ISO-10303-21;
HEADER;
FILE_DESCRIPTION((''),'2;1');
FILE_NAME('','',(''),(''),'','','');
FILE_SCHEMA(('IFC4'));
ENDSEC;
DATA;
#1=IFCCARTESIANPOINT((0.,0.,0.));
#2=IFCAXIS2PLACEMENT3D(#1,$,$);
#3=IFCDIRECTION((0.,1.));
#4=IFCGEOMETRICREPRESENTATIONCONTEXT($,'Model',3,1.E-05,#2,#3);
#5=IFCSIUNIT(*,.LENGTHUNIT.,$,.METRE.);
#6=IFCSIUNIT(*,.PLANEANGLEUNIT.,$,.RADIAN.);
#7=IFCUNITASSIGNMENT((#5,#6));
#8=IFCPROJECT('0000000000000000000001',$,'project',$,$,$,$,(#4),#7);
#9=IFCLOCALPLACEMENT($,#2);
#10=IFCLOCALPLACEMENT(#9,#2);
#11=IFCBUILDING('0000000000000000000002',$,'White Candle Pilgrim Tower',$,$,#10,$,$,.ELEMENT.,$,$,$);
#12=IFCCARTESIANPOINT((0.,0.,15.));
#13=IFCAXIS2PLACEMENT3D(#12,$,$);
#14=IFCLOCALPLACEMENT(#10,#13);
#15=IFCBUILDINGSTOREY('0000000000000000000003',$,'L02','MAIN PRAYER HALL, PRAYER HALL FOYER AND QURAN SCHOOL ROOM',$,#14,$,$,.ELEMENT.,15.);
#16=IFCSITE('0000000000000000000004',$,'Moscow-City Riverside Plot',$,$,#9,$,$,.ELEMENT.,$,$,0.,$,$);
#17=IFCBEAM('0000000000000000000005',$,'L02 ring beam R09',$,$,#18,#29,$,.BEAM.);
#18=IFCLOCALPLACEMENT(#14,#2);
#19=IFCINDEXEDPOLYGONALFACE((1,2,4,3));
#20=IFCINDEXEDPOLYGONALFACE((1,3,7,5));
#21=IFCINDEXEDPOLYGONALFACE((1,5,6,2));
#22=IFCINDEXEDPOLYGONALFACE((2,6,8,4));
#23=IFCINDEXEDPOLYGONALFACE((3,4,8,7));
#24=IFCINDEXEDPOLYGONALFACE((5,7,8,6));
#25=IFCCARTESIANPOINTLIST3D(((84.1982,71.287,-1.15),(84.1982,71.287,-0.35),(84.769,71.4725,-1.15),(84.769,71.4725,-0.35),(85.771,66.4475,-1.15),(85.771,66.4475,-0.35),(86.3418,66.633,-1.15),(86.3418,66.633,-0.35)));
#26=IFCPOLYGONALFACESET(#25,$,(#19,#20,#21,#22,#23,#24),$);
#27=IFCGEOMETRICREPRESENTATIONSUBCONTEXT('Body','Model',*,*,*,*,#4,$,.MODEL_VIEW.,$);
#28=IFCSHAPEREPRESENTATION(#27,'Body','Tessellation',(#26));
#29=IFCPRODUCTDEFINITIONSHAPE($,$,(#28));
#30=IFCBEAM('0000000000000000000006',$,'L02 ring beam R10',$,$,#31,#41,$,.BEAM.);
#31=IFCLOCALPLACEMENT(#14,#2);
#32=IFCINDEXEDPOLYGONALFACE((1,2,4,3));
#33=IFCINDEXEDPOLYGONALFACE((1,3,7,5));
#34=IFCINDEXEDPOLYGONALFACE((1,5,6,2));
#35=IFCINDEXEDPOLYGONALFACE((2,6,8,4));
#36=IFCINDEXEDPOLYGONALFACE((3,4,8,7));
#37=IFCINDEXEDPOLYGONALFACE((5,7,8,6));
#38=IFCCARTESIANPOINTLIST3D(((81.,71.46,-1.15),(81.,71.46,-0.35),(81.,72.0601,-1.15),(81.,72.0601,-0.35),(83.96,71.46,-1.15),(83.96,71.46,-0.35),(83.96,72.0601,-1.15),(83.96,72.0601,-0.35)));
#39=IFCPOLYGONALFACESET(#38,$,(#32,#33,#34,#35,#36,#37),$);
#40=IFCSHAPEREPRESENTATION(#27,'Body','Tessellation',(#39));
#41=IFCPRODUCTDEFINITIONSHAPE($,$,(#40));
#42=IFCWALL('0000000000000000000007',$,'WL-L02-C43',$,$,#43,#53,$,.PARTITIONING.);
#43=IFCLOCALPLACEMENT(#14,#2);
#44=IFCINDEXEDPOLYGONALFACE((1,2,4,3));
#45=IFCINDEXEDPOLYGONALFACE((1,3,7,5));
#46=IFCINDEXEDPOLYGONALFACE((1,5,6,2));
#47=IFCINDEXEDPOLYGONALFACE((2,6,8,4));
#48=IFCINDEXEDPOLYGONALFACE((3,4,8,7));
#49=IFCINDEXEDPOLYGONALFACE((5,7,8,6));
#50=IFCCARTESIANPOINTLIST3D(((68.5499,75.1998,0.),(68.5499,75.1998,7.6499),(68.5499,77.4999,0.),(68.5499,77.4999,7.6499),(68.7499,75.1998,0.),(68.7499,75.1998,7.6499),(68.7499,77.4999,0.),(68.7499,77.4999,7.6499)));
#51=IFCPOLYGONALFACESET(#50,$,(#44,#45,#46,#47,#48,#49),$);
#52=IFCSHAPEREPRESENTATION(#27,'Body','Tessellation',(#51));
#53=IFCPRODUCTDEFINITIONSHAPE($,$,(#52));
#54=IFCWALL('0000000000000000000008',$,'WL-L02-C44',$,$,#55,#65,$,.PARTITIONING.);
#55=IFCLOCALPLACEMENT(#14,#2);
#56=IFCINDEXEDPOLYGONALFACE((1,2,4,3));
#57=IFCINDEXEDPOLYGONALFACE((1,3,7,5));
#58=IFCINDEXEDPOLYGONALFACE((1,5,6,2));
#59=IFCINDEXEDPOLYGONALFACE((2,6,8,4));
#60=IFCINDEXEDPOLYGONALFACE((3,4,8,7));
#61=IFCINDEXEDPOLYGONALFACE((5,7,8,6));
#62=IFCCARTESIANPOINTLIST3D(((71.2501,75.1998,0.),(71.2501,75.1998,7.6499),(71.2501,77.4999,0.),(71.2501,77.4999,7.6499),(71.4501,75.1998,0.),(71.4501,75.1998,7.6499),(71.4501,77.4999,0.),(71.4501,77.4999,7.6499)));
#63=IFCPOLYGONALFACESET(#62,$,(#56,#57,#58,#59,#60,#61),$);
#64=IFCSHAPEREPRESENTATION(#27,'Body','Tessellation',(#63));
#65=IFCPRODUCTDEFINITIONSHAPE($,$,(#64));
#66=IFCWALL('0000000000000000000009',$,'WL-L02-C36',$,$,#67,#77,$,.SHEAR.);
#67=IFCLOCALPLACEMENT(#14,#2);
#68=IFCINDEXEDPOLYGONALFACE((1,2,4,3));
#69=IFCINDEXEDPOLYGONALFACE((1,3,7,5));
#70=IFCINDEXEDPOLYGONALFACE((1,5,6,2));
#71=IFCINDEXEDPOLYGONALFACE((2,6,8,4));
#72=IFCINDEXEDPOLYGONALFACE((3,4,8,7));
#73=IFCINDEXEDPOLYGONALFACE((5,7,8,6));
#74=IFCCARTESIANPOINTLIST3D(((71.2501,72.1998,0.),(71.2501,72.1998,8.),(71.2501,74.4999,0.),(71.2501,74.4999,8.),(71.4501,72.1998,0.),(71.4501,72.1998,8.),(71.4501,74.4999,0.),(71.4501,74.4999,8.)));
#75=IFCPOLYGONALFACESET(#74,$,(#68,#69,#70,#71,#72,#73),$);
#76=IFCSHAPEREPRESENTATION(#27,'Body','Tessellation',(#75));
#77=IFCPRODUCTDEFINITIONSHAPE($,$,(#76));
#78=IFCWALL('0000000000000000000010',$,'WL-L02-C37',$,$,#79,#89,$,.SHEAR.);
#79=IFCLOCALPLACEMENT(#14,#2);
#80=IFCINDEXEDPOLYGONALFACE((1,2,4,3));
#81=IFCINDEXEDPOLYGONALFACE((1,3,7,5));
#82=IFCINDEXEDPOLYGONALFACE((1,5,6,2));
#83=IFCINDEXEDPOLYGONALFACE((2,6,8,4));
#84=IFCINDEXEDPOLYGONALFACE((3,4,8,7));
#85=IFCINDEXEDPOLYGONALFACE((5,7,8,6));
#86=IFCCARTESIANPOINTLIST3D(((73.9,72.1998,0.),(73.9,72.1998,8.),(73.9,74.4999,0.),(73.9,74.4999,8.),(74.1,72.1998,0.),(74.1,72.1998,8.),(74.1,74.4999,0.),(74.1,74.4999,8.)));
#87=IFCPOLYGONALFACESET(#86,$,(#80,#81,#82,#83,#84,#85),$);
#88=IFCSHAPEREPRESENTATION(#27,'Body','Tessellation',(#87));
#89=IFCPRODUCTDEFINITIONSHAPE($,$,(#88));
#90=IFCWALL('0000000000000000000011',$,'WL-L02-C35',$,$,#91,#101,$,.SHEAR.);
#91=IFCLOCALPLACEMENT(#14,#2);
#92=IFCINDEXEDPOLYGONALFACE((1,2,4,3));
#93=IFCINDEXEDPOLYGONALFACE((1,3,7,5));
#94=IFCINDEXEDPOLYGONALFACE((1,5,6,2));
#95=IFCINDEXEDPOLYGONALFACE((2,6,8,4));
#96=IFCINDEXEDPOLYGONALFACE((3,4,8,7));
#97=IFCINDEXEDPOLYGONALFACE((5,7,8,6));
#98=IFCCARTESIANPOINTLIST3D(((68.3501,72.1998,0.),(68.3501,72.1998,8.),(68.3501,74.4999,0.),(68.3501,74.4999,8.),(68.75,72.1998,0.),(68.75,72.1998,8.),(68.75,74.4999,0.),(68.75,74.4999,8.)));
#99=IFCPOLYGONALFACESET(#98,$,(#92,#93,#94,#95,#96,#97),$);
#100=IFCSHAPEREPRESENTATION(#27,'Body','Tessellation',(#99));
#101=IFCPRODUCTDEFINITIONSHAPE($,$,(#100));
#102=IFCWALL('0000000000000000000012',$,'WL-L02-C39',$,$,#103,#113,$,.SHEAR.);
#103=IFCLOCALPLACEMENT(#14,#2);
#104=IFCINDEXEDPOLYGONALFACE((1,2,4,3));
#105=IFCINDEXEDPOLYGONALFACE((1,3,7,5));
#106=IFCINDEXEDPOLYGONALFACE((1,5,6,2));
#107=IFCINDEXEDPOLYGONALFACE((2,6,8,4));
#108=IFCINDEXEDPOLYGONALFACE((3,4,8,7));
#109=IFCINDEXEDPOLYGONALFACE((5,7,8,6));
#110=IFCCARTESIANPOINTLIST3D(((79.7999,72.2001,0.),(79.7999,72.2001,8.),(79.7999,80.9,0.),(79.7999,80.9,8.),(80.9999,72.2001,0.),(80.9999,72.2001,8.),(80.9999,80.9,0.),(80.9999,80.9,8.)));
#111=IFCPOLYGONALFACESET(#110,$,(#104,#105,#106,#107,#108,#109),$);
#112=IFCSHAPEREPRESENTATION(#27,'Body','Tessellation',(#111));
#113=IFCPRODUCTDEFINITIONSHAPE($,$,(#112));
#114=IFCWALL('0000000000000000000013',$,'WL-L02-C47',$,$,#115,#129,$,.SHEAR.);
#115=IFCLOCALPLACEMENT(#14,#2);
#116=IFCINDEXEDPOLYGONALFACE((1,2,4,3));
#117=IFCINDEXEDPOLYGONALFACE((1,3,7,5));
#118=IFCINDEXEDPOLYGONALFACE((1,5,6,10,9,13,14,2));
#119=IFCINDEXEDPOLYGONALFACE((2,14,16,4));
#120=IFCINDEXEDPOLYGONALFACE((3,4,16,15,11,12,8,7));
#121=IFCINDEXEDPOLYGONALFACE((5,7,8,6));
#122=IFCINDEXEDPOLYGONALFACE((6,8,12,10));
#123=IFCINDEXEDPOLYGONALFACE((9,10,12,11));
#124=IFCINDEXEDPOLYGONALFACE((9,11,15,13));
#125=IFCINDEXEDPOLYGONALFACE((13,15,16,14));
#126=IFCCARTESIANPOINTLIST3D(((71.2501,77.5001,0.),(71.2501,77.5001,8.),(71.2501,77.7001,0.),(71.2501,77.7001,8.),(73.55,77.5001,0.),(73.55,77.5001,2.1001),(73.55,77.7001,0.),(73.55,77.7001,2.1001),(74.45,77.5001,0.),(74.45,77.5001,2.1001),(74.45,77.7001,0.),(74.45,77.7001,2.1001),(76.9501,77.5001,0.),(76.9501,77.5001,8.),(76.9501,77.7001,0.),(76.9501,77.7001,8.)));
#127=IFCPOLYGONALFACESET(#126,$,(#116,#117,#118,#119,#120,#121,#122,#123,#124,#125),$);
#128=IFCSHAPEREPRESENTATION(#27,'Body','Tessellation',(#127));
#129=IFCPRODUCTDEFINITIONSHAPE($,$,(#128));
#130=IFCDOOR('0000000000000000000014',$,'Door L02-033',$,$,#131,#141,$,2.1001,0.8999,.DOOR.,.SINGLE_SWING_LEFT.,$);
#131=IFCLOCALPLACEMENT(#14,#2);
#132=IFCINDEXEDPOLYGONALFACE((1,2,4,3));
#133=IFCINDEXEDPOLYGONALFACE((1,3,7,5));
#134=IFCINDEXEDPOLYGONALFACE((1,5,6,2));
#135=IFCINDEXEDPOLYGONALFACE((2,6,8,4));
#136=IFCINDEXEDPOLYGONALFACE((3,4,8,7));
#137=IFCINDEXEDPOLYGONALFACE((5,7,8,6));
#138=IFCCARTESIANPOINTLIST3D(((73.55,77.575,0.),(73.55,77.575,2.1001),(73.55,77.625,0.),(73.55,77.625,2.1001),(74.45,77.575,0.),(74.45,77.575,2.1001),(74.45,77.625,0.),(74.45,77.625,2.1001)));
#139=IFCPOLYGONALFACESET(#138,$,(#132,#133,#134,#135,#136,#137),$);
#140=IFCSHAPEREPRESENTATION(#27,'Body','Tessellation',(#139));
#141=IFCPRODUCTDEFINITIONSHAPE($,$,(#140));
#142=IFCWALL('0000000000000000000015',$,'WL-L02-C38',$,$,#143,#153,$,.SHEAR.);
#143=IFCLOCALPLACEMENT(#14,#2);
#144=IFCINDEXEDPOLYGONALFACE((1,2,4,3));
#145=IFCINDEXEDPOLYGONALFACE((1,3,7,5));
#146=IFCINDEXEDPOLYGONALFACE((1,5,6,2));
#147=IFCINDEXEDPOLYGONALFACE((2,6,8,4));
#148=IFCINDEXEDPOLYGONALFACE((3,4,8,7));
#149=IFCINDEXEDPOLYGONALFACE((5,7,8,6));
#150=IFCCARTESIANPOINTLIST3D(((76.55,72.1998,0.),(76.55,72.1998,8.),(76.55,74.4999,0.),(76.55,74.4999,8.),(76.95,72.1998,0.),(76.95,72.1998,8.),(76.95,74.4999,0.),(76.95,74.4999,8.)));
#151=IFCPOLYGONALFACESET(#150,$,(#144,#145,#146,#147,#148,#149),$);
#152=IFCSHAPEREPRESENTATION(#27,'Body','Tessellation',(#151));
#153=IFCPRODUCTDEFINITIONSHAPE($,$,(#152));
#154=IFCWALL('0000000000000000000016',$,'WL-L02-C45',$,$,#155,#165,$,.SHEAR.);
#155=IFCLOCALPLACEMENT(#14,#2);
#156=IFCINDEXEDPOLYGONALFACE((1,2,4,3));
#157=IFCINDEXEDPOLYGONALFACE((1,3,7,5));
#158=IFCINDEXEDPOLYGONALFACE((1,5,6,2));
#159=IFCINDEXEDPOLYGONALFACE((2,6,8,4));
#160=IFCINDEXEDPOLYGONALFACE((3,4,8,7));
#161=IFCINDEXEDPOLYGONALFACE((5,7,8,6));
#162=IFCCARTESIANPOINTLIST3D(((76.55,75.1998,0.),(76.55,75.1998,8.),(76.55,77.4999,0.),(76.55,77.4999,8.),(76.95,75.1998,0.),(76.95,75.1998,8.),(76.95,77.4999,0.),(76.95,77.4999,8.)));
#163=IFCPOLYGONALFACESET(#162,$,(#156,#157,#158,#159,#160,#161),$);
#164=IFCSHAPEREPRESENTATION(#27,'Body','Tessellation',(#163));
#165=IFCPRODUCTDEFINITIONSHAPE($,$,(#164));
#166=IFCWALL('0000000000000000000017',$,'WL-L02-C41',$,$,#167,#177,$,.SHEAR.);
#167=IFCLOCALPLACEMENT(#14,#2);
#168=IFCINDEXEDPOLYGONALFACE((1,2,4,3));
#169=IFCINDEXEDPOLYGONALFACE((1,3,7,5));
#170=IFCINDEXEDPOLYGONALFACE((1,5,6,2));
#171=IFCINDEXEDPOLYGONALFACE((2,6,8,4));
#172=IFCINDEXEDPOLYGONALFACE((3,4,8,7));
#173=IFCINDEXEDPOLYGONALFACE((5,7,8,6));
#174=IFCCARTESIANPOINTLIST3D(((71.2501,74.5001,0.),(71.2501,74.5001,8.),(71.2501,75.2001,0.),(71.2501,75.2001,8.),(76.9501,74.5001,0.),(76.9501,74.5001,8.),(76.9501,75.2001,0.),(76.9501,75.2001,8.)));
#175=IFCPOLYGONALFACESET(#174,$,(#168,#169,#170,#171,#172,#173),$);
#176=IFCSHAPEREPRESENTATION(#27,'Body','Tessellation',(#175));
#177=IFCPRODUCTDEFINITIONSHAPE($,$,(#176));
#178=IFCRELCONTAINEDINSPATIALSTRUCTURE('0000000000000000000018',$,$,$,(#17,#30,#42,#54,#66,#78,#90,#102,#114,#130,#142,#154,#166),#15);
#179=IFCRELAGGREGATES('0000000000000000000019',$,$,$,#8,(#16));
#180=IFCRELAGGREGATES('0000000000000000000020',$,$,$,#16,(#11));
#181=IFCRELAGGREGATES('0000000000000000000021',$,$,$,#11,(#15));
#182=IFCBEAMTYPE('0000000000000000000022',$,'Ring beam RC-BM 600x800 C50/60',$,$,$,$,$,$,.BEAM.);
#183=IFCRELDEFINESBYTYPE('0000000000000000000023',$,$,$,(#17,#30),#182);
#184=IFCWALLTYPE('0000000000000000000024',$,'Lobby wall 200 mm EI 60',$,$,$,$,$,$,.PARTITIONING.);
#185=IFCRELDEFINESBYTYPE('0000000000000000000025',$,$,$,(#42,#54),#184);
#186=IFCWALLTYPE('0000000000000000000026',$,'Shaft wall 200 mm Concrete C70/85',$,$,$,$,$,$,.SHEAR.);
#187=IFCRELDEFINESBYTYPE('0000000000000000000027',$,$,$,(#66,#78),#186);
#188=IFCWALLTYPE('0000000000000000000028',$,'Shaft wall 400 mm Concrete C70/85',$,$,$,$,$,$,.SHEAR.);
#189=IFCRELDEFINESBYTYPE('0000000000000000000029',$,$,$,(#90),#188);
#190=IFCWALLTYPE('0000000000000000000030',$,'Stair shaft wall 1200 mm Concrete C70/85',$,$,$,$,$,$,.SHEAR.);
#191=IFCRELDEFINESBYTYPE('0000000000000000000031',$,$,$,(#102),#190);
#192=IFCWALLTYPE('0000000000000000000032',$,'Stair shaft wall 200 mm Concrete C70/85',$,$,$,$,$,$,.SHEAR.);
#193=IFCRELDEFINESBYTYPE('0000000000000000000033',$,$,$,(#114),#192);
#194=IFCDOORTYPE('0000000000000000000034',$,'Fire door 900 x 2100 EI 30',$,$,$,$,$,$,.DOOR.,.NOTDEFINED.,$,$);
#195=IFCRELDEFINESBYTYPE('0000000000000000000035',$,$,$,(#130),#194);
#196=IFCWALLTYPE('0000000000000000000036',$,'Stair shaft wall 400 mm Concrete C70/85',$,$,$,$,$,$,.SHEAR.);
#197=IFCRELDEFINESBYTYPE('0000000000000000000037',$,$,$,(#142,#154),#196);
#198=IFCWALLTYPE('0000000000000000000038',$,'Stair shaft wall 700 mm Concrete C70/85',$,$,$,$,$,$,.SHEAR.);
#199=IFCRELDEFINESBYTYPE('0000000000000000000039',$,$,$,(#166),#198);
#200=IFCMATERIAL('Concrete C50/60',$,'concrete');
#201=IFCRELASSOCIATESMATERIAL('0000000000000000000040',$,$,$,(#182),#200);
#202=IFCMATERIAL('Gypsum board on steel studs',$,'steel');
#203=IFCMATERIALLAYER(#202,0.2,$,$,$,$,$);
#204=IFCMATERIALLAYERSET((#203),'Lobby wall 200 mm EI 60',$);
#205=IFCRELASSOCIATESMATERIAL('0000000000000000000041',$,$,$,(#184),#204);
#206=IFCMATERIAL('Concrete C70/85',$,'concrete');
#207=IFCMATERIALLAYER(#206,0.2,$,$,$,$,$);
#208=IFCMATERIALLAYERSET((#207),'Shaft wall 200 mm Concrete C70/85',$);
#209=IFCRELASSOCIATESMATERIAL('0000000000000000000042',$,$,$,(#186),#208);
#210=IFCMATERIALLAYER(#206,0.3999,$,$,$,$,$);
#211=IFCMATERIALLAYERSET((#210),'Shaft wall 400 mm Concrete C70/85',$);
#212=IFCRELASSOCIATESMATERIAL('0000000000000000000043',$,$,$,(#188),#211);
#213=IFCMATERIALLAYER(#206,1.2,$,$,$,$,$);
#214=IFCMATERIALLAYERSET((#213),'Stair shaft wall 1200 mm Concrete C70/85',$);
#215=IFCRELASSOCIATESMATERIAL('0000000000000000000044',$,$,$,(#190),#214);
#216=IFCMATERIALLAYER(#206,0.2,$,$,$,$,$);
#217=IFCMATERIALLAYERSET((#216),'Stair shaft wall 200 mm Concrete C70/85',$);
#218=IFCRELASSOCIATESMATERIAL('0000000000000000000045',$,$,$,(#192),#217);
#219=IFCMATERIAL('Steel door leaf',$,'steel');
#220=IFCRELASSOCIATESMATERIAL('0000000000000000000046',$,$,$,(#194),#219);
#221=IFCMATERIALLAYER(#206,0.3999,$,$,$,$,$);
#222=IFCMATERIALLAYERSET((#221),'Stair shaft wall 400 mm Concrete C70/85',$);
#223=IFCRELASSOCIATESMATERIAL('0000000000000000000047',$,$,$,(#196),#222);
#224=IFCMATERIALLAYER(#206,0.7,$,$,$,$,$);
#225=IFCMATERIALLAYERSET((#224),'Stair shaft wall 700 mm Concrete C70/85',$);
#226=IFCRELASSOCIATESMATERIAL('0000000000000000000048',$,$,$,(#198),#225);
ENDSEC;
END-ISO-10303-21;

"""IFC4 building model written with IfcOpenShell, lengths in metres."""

from ifc_helpers import new_model, si_unit, direction, frame, frame_2d, origin, origin_2d, place, context, subcontext, project, spatial, rectangle, extrude, material, layer, layer_set, material_profile, profile_set, type_object, element, fill, save


model = new_model("IFC4")

# Units and contexts
model_context = context("Model", 3, precision=1e-05, world=origin(), true_north=direction((0.0, 1.0)))
body_context = subcontext(model_context, "Body", "Model", "MODEL_VIEW")
ifc_project = project(units=[si_unit("LENGTHUNIT", "METRE"), si_unit("PLANEANGLEUNIT", "RADIAN")], contexts=[model_context])

# Site, building, storey
site_placement = place(None, origin())
site = spatial("IfcSite", under=ifc_project, at=site_placement, Name="Moscow-City Riverside Plot", CompositionType="ELEMENT", RefElevation=0.0)
building_placement = place(site_placement, origin())
building = spatial("IfcBuilding", under=site, at=building_placement, Name="White Candle Pilgrim Tower", CompositionType="ELEMENT")
storey_placement = place(building_placement, frame((0.0, 0.0, 15.0)))
storey = spatial("IfcBuildingStorey", under=building, at=storey_placement, Name="L02", Description="MAIN PRAYER HALL, PRAYER HALL FOYER AND QURAN SCHOOL ROOM", CompositionType="ELEMENT", Elevation=15.0)

# Beams
ifc_material_1 = material(Name="Concrete C50/60", Category="concrete")
ifc_material_profile_1 = material_profile(ifc_material_1, rectangle(XDim=0.6001, YDim=0.8, at=origin_2d()), Name="RC-BM 600x800")
ifc_profile_set_1 = profile_set([ifc_material_profile_1], Name="Concrete C50/60")
beam_type = type_object("IfcBeamType", Name="Ring beam RC-BM 600x800 C50/60", PredefinedType="BEAM", material=ifc_profile_set_1)
beam_1_placement = place(storey_placement, frame((86.0564, 66.5403, -0.75), z_axis=(-0.30908, 0.951036, 0.0), x_axis=(-0.951036, -0.30908, 0.0)))
element("IfcBeam", 1, at=beam_1_placement, inside=storey, type_object=beam_type, Name="L02 ring beam R09", PredefinedType="BEAM", context=body_context, shape_type="SweptSolid", body=[
    extrude(rectangle(XDim=0.6001, YDim=0.8, at=origin_2d()), origin(), (0.0, 0.0, 1.0), 5.0886),
])
beam_2_placement = place(storey_placement, frame((83.96, 71.76, -0.75), z_axis=(-1.0, 0.0, 0.0), x_axis=(0.0, -1.0, 0.0)))
element("IfcBeam", 2, at=beam_2_placement, inside=storey, type_object=beam_type, Name="L02 ring beam R10", PredefinedType="BEAM", context=body_context, shape_type="SweptSolid", body=[
    extrude(rectangle(XDim=0.6001, YDim=0.8, at=origin_2d()), origin(), (0.0, 0.0, 1.0), 2.96),
])

# Walls
ifc_material_2 = material(Name="Gypsum board on steel studs", Category="steel")
ifc_layer_1 = layer(ifc_material_2, 0.2)
ifc_layer_set_1 = layer_set([ifc_layer_1], Name="Lobby wall 200 mm EI 60")
wall_type_1 = type_object("IfcWallType", Name="Lobby wall 200 mm EI 60", PredefinedType="PARTITIONING", material=ifc_layer_set_1)
for number, where, z_axis, x_axis, name in (
    (3, (68.6499, 75.2, 0.0), (0.0, 0.0, 1.0), (0.0, 1.0, 0.0), "WL-L02-C43"),
    (4, (71.3501, 75.2, 0.0), (0.0, 0.0, 1.0), (0.0, 1.0, 0.0), "WL-L02-C44"),
):
    element("IfcWall", number, at=place(storey_placement, frame(where, z_axis=z_axis, x_axis=x_axis)), inside=storey, type_object=wall_type_1, Name=name, PredefinedType="PARTITIONING", context=body_context, shape_type="SweptSolid", body=[
        extrude(rectangle(XDim=2.3, YDim=0.2, at=frame_2d((1.1499, 0.0))), origin(), (0.0, 0.0, 1.0), 7.6499),
    ])
ifc_material_3 = material(Name="Concrete C70/85", Category="concrete")
ifc_layer_2 = layer(ifc_material_3, 0.2)
ifc_layer_set_2 = layer_set([ifc_layer_2], Name="Shaft wall 200 mm Concrete C70/85")
wall_type_2 = type_object("IfcWallType", Name="Shaft wall 200 mm Concrete C70/85", PredefinedType="SHEAR", material=ifc_layer_set_2)
for number, where, z_axis, x_axis, name in (
    (5, (71.3501, 72.2, 0.0), (0.0, 0.0, 1.0), (0.0, 1.0, 0.0), "WL-L02-C36"),
    (6, (74.0, 72.2, 0.0), (0.0, 0.0, 1.0), (0.0, 1.0, 0.0), "WL-L02-C37"),
):
    element("IfcWall", number, at=place(storey_placement, frame(where, z_axis=z_axis, x_axis=x_axis)), inside=storey, type_object=wall_type_2, Name=name, PredefinedType="SHEAR", context=body_context, shape_type="SweptSolid", body=[
        extrude(rectangle(XDim=2.3, YDim=0.2, at=frame_2d((1.1499, 0.0))), origin(), (0.0, 0.0, 1.0), 8.0),
    ])
ifc_layer_3 = layer(ifc_material_3, 0.3999)
ifc_layer_set_3 = layer_set([ifc_layer_3], Name="Shaft wall 400 mm Concrete C70/85")
wall_type_3 = type_object("IfcWallType", Name="Shaft wall 400 mm Concrete C70/85", PredefinedType="SHEAR", material=ifc_layer_set_3)
wall_1_placement = place(storey_placement, frame((68.55, 72.2, 0.0), z_axis=(0.0, 0.0, 1.0), x_axis=(0.0, 1.0, 0.0)))
element("IfcWall", 7, at=wall_1_placement, inside=storey, type_object=wall_type_3, Name="WL-L02-C35", PredefinedType="SHEAR", context=body_context, shape_type="SweptSolid", body=[
    extrude(rectangle(XDim=2.3, YDim=0.3999, at=frame_2d((1.1499, 0.0))), origin(), (0.0, 0.0, 1.0), 8.0),
])
ifc_layer_4 = layer(ifc_material_3, 1.2)
ifc_layer_set_4 = layer_set([ifc_layer_4], Name="Stair shaft wall 1200 mm Concrete C70/85")
wall_type_4 = type_object("IfcWallType", Name="Stair shaft wall 1200 mm Concrete C70/85", PredefinedType="SHEAR", material=ifc_layer_set_4)
wall_2_placement = place(storey_placement, frame((80.3999, 72.2, 0.0), z_axis=(0.0, 0.0, 1.0), x_axis=(0.0, 1.0, 0.0)))
element("IfcWall", 8, at=wall_2_placement, inside=storey, type_object=wall_type_4, Name="WL-L02-C39", PredefinedType="SHEAR", context=body_context, shape_type="SweptSolid", body=[
    extrude(rectangle(XDim=8.7, YDim=1.2, at=frame_2d((4.3501, 0.0))), origin(), (0.0, 0.0, 1.0), 8.0),
])

# Wall, opening, door
ifc_layer_5 = layer(ifc_material_3, 0.2)
ifc_layer_set_5 = layer_set([ifc_layer_5], Name="Stair shaft wall 200 mm Concrete C70/85")
wall_type_5 = type_object("IfcWallType", Name="Stair shaft wall 200 mm Concrete C70/85", PredefinedType="SHEAR", material=ifc_layer_set_5)
wall_3_placement = place(storey_placement, frame((71.25, 77.6001, 0.0), z_axis=(0.0, 0.0, 1.0), x_axis=(1.0, 0.0, 0.0)))
wall_3 = element("IfcWall", 9, at=wall_3_placement, inside=storey, type_object=wall_type_5, Name="WL-L02-C47", PredefinedType="SHEAR", context=body_context, shape_type="SweptSolid", body=[
    extrude(rectangle(XDim=5.7, YDim=0.2, at=frame_2d((2.8501, 0.0))), origin(), (0.0, 0.0, 1.0), 8.0),
])
opening_placement = place(wall_3_placement, frame((2.3, 0.0, 0.0)))
opening = element("IfcOpeningElement", 10, at=opening_placement, cuts=wall_3, PredefinedType="OPENING", context=body_context, shape_type="SweptSolid", body=[
    extrude(rectangle(XDim=0.8999, YDim=2.1001, at=frame_2d((0.45, 1.05))), frame((0.0, 0.1099, 0.0), z_axis=(0.0, -1.0, 0.0), x_axis=(1.0, 0.0, 0.0)), (0.0, 0.0, 1.0), 0.22),
])
ifc_material_4 = material(Name="Steel door leaf", Category="steel")
door_type = type_object("IfcDoorType", Name="Fire door 900 x 2100 EI 30", OperationType="NOTDEFINED", PredefinedType="DOOR", material=ifc_material_4)
door_placement = place(opening_placement, origin())
door = element("IfcDoor", 11, at=door_placement, inside=storey, type_object=door_type, Name="Door L02-033", OperationType="SINGLE_SWING_LEFT", OverallHeight=2.1001, OverallWidth=0.8999, PredefinedType="DOOR", context=body_context, shape_type="SweptSolid", body=[
    extrude(rectangle(XDim=0.8999, YDim=2.1001, at=frame_2d((0.45, 1.05))), frame((0.0, 0.0249, 0.0), z_axis=(0.0, -1.0, 0.0), x_axis=(1.0, 0.0, 0.0)), (0.0, 0.0, 1.0), 0.05),
])
fill(opening, door)

# Walls
ifc_layer_6 = layer(ifc_material_3, 0.3999)
ifc_layer_set_6 = layer_set([ifc_layer_6], Name="Stair shaft wall 400 mm Concrete C70/85")
wall_type_6 = type_object("IfcWallType", Name="Stair shaft wall 400 mm Concrete C70/85", PredefinedType="SHEAR", material=ifc_layer_set_6)
for number, where, z_axis, x_axis, name in (
    (12, (76.75, 72.2, 0.0), (0.0, 0.0, 1.0), (0.0, 1.0, 0.0), "WL-L02-C38"),
    (13, (76.75, 75.2, 0.0), (0.0, 0.0, 1.0), (0.0, 1.0, 0.0), "WL-L02-C45"),
):
    element("IfcWall", number, at=place(storey_placement, frame(where, z_axis=z_axis, x_axis=x_axis)), inside=storey, type_object=wall_type_6, Name=name, PredefinedType="SHEAR", context=body_context, shape_type="SweptSolid", body=[
        extrude(rectangle(XDim=2.3, YDim=0.3999, at=frame_2d((1.1499, 0.0))), origin(), (0.0, 0.0, 1.0), 8.0),
    ])
ifc_layer_7 = layer(ifc_material_3, 0.7)
ifc_layer_set_7 = layer_set([ifc_layer_7], Name="Stair shaft wall 700 mm Concrete C70/85")
wall_type_7 = type_object("IfcWallType", Name="Stair shaft wall 700 mm Concrete C70/85", PredefinedType="SHEAR", material=ifc_layer_set_7)
wall_4_placement = place(storey_placement, frame((71.25, 74.8501, 0.0), z_axis=(0.0, 0.0, 1.0), x_axis=(1.0, 0.0, 0.0)))
element("IfcWall", 14, at=wall_4_placement, inside=storey, type_object=wall_type_7, Name="WL-L02-C41", PredefinedType="SHEAR", context=body_context, shape_type="SweptSolid", body=[
    extrude(rectangle(XDim=5.7, YDim=0.7, at=frame_2d((2.8501, 0.0))), origin(), (0.0, 0.0, 1.0), 8.0),
])

save(model, "model.ifc")
